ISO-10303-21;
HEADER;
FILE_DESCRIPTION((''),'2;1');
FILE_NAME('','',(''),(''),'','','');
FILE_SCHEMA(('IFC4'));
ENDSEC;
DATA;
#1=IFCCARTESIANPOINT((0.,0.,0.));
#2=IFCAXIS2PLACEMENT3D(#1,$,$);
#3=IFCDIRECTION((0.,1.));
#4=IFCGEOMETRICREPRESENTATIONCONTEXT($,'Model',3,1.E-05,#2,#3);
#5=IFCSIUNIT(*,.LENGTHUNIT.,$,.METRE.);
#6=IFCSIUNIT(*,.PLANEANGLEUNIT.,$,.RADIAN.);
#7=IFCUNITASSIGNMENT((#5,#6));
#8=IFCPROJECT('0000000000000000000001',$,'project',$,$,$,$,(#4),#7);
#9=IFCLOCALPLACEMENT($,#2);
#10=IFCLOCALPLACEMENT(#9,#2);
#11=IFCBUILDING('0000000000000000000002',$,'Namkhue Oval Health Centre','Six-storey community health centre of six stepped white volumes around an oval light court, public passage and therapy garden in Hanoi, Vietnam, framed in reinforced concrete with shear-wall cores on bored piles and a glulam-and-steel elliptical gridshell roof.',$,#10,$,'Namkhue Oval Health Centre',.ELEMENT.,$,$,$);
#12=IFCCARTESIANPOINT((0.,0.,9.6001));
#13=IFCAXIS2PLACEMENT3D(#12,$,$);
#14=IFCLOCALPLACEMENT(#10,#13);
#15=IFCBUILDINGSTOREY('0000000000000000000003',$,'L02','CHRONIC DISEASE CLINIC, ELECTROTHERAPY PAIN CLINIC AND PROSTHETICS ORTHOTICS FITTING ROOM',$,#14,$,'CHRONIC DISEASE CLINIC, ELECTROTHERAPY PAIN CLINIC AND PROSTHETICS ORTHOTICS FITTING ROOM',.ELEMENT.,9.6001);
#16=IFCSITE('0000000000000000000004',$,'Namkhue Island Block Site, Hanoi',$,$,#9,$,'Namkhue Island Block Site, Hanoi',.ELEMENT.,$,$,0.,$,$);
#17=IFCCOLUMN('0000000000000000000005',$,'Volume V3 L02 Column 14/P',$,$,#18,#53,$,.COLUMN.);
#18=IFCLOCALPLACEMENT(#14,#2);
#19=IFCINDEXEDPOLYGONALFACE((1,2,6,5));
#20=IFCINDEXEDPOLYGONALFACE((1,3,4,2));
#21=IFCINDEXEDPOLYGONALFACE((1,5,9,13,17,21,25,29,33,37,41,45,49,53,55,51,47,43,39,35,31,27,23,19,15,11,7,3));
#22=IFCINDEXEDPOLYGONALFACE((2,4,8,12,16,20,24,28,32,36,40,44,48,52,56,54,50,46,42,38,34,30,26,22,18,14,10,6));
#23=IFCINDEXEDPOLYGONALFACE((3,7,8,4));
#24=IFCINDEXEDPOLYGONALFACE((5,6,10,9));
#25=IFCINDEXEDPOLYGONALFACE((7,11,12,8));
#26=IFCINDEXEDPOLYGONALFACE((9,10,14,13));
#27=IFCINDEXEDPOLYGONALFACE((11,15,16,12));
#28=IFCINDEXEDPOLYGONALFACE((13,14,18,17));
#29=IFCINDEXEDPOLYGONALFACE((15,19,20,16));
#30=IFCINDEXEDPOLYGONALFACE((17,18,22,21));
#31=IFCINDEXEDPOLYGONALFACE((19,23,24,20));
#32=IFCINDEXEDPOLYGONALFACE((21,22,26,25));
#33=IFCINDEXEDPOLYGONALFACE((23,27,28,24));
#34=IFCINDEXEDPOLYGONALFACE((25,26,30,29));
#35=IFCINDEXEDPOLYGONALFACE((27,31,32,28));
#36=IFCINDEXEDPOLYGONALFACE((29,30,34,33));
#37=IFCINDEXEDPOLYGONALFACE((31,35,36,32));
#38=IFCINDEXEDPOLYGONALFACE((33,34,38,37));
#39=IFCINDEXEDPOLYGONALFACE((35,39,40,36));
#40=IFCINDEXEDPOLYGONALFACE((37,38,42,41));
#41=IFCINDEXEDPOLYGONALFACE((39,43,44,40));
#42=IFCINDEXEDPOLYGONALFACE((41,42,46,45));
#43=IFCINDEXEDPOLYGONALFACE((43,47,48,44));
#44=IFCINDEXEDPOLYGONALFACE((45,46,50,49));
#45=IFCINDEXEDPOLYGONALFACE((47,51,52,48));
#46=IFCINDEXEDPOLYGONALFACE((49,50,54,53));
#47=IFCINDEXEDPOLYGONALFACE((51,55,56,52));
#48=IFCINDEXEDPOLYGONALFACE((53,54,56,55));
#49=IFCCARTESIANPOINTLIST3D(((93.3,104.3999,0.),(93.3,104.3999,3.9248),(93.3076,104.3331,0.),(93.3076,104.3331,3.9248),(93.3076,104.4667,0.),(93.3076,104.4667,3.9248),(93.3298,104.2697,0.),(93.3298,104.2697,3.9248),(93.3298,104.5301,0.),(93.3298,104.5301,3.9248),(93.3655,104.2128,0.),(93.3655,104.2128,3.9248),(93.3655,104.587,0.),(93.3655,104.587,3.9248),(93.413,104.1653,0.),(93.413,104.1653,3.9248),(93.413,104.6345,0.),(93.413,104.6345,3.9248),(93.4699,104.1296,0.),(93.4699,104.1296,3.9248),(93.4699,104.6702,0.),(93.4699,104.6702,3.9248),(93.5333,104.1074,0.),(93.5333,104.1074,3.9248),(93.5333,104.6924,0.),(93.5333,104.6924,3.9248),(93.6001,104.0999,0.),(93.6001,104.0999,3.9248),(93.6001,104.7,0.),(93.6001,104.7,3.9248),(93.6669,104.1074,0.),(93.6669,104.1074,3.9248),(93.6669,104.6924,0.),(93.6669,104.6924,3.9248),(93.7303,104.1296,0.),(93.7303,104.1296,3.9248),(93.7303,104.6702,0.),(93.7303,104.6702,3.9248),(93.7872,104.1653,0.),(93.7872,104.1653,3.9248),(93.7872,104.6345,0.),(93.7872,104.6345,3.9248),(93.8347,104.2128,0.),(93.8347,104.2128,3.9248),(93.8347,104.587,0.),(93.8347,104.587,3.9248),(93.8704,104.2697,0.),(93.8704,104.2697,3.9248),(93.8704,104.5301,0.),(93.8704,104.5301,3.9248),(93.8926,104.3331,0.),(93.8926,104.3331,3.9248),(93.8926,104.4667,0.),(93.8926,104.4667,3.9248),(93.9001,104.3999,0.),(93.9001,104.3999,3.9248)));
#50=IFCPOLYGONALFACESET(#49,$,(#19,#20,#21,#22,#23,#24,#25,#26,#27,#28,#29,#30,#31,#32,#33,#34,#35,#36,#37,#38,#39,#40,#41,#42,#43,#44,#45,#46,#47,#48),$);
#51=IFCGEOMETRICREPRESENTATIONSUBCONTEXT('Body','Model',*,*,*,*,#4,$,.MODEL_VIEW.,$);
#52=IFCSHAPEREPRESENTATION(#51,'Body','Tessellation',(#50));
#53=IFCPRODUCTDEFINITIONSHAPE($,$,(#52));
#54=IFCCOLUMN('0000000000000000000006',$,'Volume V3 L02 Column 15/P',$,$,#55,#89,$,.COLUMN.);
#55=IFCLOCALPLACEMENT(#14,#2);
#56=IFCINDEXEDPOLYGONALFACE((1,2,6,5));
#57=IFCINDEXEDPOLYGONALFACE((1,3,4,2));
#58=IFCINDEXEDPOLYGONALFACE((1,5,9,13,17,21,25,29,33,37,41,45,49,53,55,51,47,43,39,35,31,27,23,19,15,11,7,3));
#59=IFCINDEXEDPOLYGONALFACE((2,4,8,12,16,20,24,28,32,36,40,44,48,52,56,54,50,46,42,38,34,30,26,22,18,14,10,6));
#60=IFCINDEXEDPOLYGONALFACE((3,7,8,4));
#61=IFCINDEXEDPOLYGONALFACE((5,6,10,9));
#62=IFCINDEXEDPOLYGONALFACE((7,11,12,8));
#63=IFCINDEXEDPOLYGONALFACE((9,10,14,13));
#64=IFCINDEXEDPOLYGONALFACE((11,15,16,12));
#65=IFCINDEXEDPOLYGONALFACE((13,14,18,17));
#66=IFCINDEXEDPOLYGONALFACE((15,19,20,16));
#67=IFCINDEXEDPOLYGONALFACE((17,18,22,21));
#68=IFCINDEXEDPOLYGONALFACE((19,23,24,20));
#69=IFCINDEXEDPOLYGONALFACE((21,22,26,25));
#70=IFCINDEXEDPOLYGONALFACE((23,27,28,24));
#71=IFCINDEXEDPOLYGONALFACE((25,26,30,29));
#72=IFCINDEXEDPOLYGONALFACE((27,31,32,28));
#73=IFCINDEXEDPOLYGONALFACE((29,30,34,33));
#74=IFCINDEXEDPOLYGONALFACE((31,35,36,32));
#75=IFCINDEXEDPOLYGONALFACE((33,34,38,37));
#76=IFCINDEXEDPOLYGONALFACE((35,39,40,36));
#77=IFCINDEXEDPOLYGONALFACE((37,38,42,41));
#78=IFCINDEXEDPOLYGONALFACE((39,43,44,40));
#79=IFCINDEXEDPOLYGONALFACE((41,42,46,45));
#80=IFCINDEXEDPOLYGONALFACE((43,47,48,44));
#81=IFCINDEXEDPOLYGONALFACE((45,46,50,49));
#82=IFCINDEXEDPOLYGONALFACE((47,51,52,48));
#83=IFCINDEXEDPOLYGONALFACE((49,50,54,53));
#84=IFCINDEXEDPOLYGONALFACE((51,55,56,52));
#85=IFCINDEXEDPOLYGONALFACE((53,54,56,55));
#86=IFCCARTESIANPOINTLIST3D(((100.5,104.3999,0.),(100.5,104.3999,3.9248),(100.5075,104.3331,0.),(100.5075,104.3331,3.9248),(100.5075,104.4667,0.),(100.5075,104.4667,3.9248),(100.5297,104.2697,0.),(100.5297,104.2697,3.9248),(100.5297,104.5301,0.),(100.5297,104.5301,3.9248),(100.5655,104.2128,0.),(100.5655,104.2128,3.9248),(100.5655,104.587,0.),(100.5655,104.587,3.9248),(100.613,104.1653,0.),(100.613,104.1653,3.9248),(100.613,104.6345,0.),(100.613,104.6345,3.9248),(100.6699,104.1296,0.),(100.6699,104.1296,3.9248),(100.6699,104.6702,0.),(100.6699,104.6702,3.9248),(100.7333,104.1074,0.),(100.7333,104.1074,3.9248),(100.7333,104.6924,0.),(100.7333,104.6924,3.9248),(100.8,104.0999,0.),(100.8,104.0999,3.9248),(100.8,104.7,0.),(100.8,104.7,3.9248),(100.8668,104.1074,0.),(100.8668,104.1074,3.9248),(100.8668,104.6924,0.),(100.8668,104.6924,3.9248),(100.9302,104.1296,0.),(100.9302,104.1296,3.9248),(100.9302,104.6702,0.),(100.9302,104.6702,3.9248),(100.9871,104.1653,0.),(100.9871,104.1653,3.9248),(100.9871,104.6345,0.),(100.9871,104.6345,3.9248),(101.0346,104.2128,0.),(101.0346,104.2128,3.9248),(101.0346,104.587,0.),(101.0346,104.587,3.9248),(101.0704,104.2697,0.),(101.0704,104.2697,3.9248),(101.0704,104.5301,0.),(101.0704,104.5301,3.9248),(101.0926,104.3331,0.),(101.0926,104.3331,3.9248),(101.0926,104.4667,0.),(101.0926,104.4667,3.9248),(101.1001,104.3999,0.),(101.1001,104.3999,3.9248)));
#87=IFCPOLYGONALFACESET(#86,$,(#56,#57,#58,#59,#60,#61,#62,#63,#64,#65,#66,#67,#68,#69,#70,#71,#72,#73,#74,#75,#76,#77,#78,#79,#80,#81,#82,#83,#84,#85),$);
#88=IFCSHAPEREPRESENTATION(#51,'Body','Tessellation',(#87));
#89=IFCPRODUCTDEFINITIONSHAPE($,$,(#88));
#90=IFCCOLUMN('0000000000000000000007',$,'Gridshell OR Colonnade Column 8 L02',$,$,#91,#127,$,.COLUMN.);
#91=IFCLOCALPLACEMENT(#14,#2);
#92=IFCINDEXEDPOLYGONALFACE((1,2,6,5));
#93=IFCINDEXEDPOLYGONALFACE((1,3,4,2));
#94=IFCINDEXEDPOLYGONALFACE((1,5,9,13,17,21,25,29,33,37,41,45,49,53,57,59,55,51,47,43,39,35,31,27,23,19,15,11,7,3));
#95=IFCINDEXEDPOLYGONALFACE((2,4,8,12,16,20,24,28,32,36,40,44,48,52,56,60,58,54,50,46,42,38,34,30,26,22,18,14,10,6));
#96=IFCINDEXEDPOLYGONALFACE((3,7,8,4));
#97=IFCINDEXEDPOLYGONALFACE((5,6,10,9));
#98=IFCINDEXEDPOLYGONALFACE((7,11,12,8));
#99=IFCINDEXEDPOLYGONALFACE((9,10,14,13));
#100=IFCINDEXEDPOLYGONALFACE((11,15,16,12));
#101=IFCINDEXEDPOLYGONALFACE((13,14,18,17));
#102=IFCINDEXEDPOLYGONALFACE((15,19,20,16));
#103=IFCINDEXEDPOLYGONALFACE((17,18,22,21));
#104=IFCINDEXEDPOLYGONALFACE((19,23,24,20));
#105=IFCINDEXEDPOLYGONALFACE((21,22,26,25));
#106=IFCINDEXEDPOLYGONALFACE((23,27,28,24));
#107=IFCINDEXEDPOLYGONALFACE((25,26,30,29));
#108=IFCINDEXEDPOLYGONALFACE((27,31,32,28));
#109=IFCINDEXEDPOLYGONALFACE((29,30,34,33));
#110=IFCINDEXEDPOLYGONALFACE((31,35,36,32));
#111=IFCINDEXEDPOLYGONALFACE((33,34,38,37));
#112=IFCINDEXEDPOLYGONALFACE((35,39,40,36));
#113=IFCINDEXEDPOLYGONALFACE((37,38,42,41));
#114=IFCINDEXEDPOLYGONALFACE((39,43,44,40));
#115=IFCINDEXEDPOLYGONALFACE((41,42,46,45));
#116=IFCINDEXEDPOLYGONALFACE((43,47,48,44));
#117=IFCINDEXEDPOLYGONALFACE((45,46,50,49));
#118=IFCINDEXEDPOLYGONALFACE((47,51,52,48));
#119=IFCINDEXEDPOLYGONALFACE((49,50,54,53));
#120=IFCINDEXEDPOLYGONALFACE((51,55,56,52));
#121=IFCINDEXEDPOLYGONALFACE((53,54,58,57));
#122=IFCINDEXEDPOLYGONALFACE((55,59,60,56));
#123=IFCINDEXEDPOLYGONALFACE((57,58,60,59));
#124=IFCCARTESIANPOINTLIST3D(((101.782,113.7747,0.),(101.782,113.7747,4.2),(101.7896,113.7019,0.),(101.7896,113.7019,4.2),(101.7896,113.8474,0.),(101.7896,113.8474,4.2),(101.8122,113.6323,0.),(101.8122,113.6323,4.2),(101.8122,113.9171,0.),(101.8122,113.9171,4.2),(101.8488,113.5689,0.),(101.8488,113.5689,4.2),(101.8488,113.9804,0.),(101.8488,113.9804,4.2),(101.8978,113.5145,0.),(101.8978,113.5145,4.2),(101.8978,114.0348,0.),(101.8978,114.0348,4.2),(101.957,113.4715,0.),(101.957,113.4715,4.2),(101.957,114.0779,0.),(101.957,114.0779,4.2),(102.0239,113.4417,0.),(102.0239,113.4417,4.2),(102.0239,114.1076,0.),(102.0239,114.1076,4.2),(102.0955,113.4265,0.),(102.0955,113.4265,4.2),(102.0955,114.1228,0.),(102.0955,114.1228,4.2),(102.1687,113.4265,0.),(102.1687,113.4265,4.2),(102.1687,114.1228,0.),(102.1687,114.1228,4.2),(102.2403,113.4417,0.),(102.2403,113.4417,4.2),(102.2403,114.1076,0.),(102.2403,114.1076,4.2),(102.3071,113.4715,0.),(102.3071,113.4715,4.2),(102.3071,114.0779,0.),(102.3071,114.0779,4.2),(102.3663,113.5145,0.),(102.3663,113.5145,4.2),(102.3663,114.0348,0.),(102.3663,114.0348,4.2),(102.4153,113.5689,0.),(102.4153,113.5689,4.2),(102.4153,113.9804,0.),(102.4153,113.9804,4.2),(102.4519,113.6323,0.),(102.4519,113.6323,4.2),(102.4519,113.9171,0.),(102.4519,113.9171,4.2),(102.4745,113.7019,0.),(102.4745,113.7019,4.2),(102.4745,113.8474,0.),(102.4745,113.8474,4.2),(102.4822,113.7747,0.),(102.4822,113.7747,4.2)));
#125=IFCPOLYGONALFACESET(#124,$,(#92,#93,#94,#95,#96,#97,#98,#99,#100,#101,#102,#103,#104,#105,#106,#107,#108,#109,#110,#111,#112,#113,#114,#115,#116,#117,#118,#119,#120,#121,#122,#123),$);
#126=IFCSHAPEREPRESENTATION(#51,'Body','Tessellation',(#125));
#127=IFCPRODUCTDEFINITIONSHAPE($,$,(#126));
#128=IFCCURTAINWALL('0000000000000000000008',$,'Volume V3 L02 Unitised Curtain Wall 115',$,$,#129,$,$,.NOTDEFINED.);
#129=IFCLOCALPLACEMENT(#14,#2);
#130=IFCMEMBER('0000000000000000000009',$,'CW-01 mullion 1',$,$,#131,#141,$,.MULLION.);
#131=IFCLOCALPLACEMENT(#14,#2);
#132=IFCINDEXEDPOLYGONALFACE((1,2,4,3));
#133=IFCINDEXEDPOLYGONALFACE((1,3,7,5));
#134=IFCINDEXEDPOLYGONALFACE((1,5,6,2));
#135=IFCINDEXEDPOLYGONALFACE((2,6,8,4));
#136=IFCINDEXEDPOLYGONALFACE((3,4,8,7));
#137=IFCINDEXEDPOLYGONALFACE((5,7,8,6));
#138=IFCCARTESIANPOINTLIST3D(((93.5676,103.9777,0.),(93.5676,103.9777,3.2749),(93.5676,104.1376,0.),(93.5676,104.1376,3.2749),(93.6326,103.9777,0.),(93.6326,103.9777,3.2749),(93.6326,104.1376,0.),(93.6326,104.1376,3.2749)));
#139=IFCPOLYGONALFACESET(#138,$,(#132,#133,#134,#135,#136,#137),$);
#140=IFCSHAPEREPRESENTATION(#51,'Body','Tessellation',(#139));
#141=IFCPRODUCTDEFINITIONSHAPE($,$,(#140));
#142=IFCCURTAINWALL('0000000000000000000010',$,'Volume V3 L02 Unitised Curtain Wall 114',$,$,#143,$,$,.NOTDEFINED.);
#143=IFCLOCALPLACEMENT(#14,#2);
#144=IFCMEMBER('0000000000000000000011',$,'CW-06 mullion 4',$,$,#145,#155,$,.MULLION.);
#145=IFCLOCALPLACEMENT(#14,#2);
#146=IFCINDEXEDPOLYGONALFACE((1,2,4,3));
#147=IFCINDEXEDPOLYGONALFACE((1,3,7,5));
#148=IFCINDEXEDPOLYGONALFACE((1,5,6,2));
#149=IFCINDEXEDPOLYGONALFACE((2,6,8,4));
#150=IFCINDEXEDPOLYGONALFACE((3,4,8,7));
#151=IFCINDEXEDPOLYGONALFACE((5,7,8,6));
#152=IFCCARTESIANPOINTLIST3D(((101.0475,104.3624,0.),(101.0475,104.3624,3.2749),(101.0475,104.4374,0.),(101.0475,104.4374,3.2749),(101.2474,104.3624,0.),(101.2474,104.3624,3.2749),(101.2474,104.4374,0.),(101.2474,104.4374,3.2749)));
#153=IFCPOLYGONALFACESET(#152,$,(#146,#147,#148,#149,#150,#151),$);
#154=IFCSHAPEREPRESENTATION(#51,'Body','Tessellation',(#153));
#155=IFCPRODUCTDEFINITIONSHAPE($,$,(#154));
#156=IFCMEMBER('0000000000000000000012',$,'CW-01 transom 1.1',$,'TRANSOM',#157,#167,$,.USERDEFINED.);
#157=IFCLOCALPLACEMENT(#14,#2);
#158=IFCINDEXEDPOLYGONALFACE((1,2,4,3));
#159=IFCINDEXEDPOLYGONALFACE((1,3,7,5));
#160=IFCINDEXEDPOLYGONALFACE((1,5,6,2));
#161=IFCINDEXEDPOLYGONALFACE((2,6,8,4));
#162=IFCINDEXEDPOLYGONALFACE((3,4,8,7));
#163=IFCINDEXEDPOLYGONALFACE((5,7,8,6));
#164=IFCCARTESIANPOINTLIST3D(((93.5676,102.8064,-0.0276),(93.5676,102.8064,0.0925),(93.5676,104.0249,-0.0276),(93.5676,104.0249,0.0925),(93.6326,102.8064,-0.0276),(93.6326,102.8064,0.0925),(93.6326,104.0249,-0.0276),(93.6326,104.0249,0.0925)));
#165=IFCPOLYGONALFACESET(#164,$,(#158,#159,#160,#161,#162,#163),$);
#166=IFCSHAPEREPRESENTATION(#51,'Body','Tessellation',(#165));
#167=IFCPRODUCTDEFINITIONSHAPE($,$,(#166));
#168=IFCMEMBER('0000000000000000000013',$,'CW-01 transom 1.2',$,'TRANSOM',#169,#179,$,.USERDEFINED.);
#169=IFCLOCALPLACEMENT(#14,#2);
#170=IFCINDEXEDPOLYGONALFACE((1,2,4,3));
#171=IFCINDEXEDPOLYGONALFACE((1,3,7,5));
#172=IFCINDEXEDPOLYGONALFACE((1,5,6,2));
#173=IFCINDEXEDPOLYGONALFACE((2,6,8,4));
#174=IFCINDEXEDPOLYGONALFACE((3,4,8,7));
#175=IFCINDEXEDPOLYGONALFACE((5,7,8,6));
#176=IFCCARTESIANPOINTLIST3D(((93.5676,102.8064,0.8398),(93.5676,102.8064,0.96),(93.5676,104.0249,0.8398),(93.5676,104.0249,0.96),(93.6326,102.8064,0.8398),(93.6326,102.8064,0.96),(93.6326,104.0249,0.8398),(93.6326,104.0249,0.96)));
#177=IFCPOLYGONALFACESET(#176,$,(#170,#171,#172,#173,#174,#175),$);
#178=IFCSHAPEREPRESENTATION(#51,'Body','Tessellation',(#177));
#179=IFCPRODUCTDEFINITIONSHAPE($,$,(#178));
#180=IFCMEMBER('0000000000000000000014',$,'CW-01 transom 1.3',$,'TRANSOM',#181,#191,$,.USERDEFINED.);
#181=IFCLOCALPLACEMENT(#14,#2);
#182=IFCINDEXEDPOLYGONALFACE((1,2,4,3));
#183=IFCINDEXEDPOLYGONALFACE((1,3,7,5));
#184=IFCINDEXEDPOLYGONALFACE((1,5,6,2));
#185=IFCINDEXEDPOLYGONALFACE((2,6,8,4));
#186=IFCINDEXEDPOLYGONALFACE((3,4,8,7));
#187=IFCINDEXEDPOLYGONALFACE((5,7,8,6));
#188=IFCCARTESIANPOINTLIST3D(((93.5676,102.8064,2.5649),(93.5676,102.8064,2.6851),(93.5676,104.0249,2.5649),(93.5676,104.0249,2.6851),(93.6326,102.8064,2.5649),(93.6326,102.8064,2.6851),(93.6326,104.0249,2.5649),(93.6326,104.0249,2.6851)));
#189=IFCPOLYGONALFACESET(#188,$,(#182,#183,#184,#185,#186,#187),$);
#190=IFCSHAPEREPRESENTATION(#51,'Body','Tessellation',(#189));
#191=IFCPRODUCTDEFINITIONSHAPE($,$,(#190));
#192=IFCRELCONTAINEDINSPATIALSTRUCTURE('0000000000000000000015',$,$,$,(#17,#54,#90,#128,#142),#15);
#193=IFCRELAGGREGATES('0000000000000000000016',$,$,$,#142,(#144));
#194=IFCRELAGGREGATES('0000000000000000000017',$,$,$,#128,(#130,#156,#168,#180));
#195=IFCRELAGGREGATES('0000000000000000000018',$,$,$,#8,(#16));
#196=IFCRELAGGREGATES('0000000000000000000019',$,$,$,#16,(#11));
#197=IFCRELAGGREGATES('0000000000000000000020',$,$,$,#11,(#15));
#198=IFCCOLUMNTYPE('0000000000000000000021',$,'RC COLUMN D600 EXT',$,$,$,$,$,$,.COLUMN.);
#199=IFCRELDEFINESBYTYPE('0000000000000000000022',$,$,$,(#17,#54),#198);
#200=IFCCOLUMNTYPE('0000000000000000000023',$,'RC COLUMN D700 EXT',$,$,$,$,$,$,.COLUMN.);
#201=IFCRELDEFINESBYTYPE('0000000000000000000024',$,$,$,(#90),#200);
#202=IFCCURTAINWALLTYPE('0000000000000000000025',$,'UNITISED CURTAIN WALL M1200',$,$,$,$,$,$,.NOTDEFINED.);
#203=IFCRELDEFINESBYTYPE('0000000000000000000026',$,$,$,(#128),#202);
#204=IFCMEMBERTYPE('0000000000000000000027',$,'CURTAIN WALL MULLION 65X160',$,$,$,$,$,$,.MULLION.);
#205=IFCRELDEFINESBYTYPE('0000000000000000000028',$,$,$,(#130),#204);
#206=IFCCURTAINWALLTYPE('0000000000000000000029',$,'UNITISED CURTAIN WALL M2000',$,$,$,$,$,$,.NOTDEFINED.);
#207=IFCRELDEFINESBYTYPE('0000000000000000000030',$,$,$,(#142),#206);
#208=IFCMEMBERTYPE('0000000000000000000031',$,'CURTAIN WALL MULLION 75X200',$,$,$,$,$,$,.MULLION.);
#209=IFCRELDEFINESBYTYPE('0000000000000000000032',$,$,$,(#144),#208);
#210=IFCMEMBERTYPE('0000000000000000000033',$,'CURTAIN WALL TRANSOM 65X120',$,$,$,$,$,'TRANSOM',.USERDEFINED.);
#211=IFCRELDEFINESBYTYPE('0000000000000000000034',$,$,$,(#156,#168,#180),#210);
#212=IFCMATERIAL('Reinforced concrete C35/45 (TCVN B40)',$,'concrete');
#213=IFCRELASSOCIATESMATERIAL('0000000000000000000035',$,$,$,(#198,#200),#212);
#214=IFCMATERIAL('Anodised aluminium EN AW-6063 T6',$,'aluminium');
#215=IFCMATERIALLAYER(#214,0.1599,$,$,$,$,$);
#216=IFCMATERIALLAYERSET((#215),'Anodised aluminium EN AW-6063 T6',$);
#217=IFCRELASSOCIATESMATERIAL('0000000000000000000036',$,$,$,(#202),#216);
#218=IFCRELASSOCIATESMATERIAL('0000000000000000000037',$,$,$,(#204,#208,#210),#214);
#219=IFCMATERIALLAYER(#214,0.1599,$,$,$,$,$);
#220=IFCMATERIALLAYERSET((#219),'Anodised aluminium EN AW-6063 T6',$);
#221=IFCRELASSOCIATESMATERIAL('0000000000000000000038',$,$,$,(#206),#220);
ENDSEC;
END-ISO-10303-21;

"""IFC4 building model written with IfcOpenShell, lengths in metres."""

from ifc_helpers import new_model, si_unit, direction, frame, origin, origin_2d, place, context, subcontext, project, spatial, rectangle, circle, extrude, material, layer, layer_set, material_profile, profile_set, type_object, element, aggregate, save


model = new_model("IFC4")

# Units and contexts
model_context = context("Model", 3, precision=1e-05, world=origin(), true_north=direction((0.0, 1.0)))
body_context = subcontext(model_context, "Body", "Model", "MODEL_VIEW")
ifc_project = project(units=[si_unit("LENGTHUNIT", "METRE"), si_unit("PLANEANGLEUNIT", "RADIAN")], contexts=[model_context])

# Site, building, storey
site_placement = place(None, origin())
site = spatial("IfcSite", under=ifc_project, at=site_placement, Name="Namkhue Island Block Site, Hanoi", LongName="Namkhue Island Block Site, Hanoi", CompositionType="ELEMENT", RefElevation=0.0)
building_placement = place(site_placement, origin())
building = spatial("IfcBuilding", under=site, at=building_placement, Name="Namkhue Oval Health Centre", Description="Six-storey community health centre of six stepped white volumes around an oval light court, public passage and therapy garden in Hanoi, Vietnam, framed in reinforced concrete with shear-wall cores on bored piles and a glulam-and-steel elliptical gridshell roof.", LongName="Namkhue Oval Health Centre", CompositionType="ELEMENT")
storey_placement = place(building_placement, frame((0.0, 0.0, 9.6001)))
storey = spatial("IfcBuildingStorey", under=building, at=storey_placement, Name="L02", Description="CHRONIC DISEASE CLINIC, ELECTROTHERAPY PAIN CLINIC AND PROSTHETICS ORTHOTICS FITTING ROOM", LongName="CHRONIC DISEASE CLINIC, ELECTROTHERAPY PAIN CLINIC AND PROSTHETICS ORTHOTICS FITTING ROOM", CompositionType="ELEMENT", Elevation=9.6001)

# Columns
ifc_material_1 = material(Name="Reinforced concrete C35/45 (TCVN B40)", Category="concrete")
ifc_material_profile_1 = material_profile(ifc_material_1, circle(Radius=0.3, at=origin_2d()), Name="RC D600")
ifc_profile_set_1 = profile_set([ifc_material_profile_1], Name="Reinforced concrete C35/45 (TCVN B40)")
column_type_1 = type_object("IfcColumnType", Name="RC COLUMN D600 EXT", PredefinedType="COLUMN", material=ifc_profile_set_1)
for number, where, z_axis, x_axis, name in (
    (1, (93.6001, 104.3999, 0.0), (0.0, 0.0, 1.0), (1.0, 0.0, 0.0), "Volume V3 L02 Column 14/P"),
    (2, (100.8, 104.3999, 0.0), (0.0, 0.0, 1.0), (1.0, 0.0, 0.0), "Volume V3 L02 Column 15/P"),
):
    element("IfcColumn", number, at=place(storey_placement, frame(where, z_axis=z_axis, x_axis=x_axis)), inside=storey, type_object=column_type_1, Name=name, PredefinedType="COLUMN", context=body_context, shape_type="SweptSolid", body=[
        extrude(circle(Radius=0.3, at=origin_2d()), origin(), (0.0, 0.0, 1.0), 3.9248),
    ])
ifc_material_profile_2 = material_profile(ifc_material_1, circle(Radius=0.3501, at=origin_2d()), Name="RC D700")
ifc_profile_set_2 = profile_set([ifc_material_profile_2], Name="Reinforced concrete C35/45 (TCVN B40)")
column_type_2 = type_object("IfcColumnType", Name="RC COLUMN D700 EXT", PredefinedType="COLUMN", material=ifc_profile_set_2)
column_placement = place(storey_placement, frame((102.1321, 113.7747, 0.0), z_axis=(0.0, 0.0, 1.0), x_axis=(1.0, 0.0, 0.0)))
element("IfcColumn", 3, at=column_placement, inside=storey, type_object=column_type_2, Name="Gridshell OR Colonnade Column 8 L02", PredefinedType="COLUMN", context=body_context, shape_type="SweptSolid", body=[
    extrude(circle(Radius=0.3501, at=origin_2d()), origin(), (0.0, 0.0, 1.0), 4.2),
])

# Curtain walls, members
ifc_material_2 = material(Name="Anodised aluminium EN AW-6063 T6", Category="aluminium")
ifc_layer_1 = layer(ifc_material_2, 0.1599)
ifc_layer_set_1 = layer_set([ifc_layer_1], Name="Anodised aluminium EN AW-6063 T6")
curtain_wall_type_1 = type_object("IfcCurtainWallType", Name="UNITISED CURTAIN WALL M1200", PredefinedType="NOTDEFINED", material=ifc_layer_set_1)
curtain_wall_1_placement = place(storey_placement, origin())
curtain_wall_1 = element("IfcCurtainWall", 4, at=curtain_wall_1_placement, inside=storey, type_object=curtain_wall_type_1, Name="Volume V3 L02 Unitised Curtain Wall 115", PredefinedType="NOTDEFINED")
ifc_material_profile_3 = material_profile(ifc_material_2, rectangle(XDim=0.0649, YDim=0.1599, at=origin_2d()), Name="ALU 65x160")
ifc_profile_set_3 = profile_set([ifc_material_profile_3], Name="Anodised aluminium EN AW-6063 T6")
member_type_1 = type_object("IfcMemberType", Name="CURTAIN WALL MULLION 65X160", PredefinedType="MULLION", material=ifc_profile_set_3)
member_1_placement = place(storey_placement, frame((93.6001, 104.0576, 0.0), z_axis=(0.0, 0.0, 1.0), x_axis=(1.0, 0.0, 0.0)))
member_1 = element("IfcMember", 5, at=member_1_placement, type_object=member_type_1, Name="CW-01 mullion 1", PredefinedType="MULLION", context=body_context, shape_type="SweptSolid", body=[
    extrude(rectangle(XDim=0.0649, YDim=0.1599, at=origin_2d()), origin(), (0.0, 0.0, 1.0), 3.2749),
])
ifc_layer_2 = layer(ifc_material_2, 0.1599)
ifc_layer_set_2 = layer_set([ifc_layer_2], Name="Anodised aluminium EN AW-6063 T6")
curtain_wall_type_2 = type_object("IfcCurtainWallType", Name="UNITISED CURTAIN WALL M2000", PredefinedType="NOTDEFINED", material=ifc_layer_set_2)
curtain_wall_2_placement = place(storey_placement, origin())
curtain_wall_2 = element("IfcCurtainWall", 6, at=curtain_wall_2_placement, inside=storey, type_object=curtain_wall_type_2, Name="Volume V3 L02 Unitised Curtain Wall 114", PredefinedType="NOTDEFINED")
ifc_material_profile_4 = material_profile(ifc_material_2, rectangle(XDim=0.075, YDim=0.2, at=origin_2d()), Name="ALU 75x200")
ifc_profile_set_4 = profile_set([ifc_material_profile_4], Name="Anodised aluminium EN AW-6063 T6")
member_type_2 = type_object("IfcMemberType", Name="CURTAIN WALL MULLION 75X200", PredefinedType="MULLION", material=ifc_profile_set_4)
member_2_placement = place(storey_placement, frame((101.1475, 104.3999, 0.0), z_axis=(0.0, 0.0, 1.0), x_axis=(0.0, -1.0, 0.0)))
member_2 = element("IfcMember", 7, at=member_2_placement, type_object=member_type_2, Name="CW-06 mullion 4", PredefinedType="MULLION", context=body_context, shape_type="SweptSolid", body=[
    extrude(rectangle(XDim=0.075, YDim=0.2, at=origin_2d()), origin(), (0.0, 0.0, 1.0), 3.2749),
])

# Members
ifc_material_profile_5 = material_profile(ifc_material_2, rectangle(XDim=0.0649, YDim=0.1201, at=origin_2d()), Name="ALU 65x120")
ifc_profile_set_5 = profile_set([ifc_material_profile_5], Name="Anodised aluminium EN AW-6063 T6")
member_type_3 = type_object("IfcMemberType", Name="CURTAIN WALL TRANSOM 65X120", ElementType="TRANSOM", PredefinedType="USERDEFINED", material=ifc_profile_set_5)
member_3_placement = place(storey_placement, frame((93.6001, 104.0249, 0.0325), z_axis=(0.0, -1.0, 0.0), x_axis=(1.0, 0.0, 0.0)))
member_3 = element("IfcMember", 8, at=member_3_placement, type_object=member_type_3, Name="CW-01 transom 1.1", ObjectType="TRANSOM", PredefinedType="USERDEFINED", context=body_context, shape_type="SweptSolid", body=[
    extrude(rectangle(XDim=0.0649, YDim=0.1201, at=origin_2d()), origin(), (0.0, 0.0, 1.0), 1.2185),
])
member_4_placement = place(storey_placement, frame((93.6001, 104.0249, 0.8999), z_axis=(0.0, -1.0, 0.0), x_axis=(1.0, 0.0, 0.0)))
member_4 = element("IfcMember", 9, at=member_4_placement, type_object=member_type_3, Name="CW-01 transom 1.2", ObjectType="TRANSOM", PredefinedType="USERDEFINED", context=body_context, shape_type="SweptSolid", body=[
    extrude(rectangle(XDim=0.0649, YDim=0.1201, at=origin_2d()), origin(), (0.0, 0.0, 1.0), 1.2185),
])
member_5_placement = place(storey_placement, frame((93.6001, 104.0249, 2.625), z_axis=(0.0, -1.0, 0.0), x_axis=(1.0, 0.0, 0.0)))
member_5 = element("IfcMember", 10, at=member_5_placement, type_object=member_type_3, Name="CW-01 transom 1.3", ObjectType="TRANSOM", PredefinedType="USERDEFINED", context=body_context, shape_type="SweptSolid", body=[
    extrude(rectangle(XDim=0.0649, YDim=0.1201, at=origin_2d()), origin(), (0.0, 0.0, 1.0), 1.2185),
])

aggregate(curtain_wall_2, [member_2])
aggregate(curtain_wall_1, [member_1, member_3, member_4, member_5])

save(model, "model.ifc")
